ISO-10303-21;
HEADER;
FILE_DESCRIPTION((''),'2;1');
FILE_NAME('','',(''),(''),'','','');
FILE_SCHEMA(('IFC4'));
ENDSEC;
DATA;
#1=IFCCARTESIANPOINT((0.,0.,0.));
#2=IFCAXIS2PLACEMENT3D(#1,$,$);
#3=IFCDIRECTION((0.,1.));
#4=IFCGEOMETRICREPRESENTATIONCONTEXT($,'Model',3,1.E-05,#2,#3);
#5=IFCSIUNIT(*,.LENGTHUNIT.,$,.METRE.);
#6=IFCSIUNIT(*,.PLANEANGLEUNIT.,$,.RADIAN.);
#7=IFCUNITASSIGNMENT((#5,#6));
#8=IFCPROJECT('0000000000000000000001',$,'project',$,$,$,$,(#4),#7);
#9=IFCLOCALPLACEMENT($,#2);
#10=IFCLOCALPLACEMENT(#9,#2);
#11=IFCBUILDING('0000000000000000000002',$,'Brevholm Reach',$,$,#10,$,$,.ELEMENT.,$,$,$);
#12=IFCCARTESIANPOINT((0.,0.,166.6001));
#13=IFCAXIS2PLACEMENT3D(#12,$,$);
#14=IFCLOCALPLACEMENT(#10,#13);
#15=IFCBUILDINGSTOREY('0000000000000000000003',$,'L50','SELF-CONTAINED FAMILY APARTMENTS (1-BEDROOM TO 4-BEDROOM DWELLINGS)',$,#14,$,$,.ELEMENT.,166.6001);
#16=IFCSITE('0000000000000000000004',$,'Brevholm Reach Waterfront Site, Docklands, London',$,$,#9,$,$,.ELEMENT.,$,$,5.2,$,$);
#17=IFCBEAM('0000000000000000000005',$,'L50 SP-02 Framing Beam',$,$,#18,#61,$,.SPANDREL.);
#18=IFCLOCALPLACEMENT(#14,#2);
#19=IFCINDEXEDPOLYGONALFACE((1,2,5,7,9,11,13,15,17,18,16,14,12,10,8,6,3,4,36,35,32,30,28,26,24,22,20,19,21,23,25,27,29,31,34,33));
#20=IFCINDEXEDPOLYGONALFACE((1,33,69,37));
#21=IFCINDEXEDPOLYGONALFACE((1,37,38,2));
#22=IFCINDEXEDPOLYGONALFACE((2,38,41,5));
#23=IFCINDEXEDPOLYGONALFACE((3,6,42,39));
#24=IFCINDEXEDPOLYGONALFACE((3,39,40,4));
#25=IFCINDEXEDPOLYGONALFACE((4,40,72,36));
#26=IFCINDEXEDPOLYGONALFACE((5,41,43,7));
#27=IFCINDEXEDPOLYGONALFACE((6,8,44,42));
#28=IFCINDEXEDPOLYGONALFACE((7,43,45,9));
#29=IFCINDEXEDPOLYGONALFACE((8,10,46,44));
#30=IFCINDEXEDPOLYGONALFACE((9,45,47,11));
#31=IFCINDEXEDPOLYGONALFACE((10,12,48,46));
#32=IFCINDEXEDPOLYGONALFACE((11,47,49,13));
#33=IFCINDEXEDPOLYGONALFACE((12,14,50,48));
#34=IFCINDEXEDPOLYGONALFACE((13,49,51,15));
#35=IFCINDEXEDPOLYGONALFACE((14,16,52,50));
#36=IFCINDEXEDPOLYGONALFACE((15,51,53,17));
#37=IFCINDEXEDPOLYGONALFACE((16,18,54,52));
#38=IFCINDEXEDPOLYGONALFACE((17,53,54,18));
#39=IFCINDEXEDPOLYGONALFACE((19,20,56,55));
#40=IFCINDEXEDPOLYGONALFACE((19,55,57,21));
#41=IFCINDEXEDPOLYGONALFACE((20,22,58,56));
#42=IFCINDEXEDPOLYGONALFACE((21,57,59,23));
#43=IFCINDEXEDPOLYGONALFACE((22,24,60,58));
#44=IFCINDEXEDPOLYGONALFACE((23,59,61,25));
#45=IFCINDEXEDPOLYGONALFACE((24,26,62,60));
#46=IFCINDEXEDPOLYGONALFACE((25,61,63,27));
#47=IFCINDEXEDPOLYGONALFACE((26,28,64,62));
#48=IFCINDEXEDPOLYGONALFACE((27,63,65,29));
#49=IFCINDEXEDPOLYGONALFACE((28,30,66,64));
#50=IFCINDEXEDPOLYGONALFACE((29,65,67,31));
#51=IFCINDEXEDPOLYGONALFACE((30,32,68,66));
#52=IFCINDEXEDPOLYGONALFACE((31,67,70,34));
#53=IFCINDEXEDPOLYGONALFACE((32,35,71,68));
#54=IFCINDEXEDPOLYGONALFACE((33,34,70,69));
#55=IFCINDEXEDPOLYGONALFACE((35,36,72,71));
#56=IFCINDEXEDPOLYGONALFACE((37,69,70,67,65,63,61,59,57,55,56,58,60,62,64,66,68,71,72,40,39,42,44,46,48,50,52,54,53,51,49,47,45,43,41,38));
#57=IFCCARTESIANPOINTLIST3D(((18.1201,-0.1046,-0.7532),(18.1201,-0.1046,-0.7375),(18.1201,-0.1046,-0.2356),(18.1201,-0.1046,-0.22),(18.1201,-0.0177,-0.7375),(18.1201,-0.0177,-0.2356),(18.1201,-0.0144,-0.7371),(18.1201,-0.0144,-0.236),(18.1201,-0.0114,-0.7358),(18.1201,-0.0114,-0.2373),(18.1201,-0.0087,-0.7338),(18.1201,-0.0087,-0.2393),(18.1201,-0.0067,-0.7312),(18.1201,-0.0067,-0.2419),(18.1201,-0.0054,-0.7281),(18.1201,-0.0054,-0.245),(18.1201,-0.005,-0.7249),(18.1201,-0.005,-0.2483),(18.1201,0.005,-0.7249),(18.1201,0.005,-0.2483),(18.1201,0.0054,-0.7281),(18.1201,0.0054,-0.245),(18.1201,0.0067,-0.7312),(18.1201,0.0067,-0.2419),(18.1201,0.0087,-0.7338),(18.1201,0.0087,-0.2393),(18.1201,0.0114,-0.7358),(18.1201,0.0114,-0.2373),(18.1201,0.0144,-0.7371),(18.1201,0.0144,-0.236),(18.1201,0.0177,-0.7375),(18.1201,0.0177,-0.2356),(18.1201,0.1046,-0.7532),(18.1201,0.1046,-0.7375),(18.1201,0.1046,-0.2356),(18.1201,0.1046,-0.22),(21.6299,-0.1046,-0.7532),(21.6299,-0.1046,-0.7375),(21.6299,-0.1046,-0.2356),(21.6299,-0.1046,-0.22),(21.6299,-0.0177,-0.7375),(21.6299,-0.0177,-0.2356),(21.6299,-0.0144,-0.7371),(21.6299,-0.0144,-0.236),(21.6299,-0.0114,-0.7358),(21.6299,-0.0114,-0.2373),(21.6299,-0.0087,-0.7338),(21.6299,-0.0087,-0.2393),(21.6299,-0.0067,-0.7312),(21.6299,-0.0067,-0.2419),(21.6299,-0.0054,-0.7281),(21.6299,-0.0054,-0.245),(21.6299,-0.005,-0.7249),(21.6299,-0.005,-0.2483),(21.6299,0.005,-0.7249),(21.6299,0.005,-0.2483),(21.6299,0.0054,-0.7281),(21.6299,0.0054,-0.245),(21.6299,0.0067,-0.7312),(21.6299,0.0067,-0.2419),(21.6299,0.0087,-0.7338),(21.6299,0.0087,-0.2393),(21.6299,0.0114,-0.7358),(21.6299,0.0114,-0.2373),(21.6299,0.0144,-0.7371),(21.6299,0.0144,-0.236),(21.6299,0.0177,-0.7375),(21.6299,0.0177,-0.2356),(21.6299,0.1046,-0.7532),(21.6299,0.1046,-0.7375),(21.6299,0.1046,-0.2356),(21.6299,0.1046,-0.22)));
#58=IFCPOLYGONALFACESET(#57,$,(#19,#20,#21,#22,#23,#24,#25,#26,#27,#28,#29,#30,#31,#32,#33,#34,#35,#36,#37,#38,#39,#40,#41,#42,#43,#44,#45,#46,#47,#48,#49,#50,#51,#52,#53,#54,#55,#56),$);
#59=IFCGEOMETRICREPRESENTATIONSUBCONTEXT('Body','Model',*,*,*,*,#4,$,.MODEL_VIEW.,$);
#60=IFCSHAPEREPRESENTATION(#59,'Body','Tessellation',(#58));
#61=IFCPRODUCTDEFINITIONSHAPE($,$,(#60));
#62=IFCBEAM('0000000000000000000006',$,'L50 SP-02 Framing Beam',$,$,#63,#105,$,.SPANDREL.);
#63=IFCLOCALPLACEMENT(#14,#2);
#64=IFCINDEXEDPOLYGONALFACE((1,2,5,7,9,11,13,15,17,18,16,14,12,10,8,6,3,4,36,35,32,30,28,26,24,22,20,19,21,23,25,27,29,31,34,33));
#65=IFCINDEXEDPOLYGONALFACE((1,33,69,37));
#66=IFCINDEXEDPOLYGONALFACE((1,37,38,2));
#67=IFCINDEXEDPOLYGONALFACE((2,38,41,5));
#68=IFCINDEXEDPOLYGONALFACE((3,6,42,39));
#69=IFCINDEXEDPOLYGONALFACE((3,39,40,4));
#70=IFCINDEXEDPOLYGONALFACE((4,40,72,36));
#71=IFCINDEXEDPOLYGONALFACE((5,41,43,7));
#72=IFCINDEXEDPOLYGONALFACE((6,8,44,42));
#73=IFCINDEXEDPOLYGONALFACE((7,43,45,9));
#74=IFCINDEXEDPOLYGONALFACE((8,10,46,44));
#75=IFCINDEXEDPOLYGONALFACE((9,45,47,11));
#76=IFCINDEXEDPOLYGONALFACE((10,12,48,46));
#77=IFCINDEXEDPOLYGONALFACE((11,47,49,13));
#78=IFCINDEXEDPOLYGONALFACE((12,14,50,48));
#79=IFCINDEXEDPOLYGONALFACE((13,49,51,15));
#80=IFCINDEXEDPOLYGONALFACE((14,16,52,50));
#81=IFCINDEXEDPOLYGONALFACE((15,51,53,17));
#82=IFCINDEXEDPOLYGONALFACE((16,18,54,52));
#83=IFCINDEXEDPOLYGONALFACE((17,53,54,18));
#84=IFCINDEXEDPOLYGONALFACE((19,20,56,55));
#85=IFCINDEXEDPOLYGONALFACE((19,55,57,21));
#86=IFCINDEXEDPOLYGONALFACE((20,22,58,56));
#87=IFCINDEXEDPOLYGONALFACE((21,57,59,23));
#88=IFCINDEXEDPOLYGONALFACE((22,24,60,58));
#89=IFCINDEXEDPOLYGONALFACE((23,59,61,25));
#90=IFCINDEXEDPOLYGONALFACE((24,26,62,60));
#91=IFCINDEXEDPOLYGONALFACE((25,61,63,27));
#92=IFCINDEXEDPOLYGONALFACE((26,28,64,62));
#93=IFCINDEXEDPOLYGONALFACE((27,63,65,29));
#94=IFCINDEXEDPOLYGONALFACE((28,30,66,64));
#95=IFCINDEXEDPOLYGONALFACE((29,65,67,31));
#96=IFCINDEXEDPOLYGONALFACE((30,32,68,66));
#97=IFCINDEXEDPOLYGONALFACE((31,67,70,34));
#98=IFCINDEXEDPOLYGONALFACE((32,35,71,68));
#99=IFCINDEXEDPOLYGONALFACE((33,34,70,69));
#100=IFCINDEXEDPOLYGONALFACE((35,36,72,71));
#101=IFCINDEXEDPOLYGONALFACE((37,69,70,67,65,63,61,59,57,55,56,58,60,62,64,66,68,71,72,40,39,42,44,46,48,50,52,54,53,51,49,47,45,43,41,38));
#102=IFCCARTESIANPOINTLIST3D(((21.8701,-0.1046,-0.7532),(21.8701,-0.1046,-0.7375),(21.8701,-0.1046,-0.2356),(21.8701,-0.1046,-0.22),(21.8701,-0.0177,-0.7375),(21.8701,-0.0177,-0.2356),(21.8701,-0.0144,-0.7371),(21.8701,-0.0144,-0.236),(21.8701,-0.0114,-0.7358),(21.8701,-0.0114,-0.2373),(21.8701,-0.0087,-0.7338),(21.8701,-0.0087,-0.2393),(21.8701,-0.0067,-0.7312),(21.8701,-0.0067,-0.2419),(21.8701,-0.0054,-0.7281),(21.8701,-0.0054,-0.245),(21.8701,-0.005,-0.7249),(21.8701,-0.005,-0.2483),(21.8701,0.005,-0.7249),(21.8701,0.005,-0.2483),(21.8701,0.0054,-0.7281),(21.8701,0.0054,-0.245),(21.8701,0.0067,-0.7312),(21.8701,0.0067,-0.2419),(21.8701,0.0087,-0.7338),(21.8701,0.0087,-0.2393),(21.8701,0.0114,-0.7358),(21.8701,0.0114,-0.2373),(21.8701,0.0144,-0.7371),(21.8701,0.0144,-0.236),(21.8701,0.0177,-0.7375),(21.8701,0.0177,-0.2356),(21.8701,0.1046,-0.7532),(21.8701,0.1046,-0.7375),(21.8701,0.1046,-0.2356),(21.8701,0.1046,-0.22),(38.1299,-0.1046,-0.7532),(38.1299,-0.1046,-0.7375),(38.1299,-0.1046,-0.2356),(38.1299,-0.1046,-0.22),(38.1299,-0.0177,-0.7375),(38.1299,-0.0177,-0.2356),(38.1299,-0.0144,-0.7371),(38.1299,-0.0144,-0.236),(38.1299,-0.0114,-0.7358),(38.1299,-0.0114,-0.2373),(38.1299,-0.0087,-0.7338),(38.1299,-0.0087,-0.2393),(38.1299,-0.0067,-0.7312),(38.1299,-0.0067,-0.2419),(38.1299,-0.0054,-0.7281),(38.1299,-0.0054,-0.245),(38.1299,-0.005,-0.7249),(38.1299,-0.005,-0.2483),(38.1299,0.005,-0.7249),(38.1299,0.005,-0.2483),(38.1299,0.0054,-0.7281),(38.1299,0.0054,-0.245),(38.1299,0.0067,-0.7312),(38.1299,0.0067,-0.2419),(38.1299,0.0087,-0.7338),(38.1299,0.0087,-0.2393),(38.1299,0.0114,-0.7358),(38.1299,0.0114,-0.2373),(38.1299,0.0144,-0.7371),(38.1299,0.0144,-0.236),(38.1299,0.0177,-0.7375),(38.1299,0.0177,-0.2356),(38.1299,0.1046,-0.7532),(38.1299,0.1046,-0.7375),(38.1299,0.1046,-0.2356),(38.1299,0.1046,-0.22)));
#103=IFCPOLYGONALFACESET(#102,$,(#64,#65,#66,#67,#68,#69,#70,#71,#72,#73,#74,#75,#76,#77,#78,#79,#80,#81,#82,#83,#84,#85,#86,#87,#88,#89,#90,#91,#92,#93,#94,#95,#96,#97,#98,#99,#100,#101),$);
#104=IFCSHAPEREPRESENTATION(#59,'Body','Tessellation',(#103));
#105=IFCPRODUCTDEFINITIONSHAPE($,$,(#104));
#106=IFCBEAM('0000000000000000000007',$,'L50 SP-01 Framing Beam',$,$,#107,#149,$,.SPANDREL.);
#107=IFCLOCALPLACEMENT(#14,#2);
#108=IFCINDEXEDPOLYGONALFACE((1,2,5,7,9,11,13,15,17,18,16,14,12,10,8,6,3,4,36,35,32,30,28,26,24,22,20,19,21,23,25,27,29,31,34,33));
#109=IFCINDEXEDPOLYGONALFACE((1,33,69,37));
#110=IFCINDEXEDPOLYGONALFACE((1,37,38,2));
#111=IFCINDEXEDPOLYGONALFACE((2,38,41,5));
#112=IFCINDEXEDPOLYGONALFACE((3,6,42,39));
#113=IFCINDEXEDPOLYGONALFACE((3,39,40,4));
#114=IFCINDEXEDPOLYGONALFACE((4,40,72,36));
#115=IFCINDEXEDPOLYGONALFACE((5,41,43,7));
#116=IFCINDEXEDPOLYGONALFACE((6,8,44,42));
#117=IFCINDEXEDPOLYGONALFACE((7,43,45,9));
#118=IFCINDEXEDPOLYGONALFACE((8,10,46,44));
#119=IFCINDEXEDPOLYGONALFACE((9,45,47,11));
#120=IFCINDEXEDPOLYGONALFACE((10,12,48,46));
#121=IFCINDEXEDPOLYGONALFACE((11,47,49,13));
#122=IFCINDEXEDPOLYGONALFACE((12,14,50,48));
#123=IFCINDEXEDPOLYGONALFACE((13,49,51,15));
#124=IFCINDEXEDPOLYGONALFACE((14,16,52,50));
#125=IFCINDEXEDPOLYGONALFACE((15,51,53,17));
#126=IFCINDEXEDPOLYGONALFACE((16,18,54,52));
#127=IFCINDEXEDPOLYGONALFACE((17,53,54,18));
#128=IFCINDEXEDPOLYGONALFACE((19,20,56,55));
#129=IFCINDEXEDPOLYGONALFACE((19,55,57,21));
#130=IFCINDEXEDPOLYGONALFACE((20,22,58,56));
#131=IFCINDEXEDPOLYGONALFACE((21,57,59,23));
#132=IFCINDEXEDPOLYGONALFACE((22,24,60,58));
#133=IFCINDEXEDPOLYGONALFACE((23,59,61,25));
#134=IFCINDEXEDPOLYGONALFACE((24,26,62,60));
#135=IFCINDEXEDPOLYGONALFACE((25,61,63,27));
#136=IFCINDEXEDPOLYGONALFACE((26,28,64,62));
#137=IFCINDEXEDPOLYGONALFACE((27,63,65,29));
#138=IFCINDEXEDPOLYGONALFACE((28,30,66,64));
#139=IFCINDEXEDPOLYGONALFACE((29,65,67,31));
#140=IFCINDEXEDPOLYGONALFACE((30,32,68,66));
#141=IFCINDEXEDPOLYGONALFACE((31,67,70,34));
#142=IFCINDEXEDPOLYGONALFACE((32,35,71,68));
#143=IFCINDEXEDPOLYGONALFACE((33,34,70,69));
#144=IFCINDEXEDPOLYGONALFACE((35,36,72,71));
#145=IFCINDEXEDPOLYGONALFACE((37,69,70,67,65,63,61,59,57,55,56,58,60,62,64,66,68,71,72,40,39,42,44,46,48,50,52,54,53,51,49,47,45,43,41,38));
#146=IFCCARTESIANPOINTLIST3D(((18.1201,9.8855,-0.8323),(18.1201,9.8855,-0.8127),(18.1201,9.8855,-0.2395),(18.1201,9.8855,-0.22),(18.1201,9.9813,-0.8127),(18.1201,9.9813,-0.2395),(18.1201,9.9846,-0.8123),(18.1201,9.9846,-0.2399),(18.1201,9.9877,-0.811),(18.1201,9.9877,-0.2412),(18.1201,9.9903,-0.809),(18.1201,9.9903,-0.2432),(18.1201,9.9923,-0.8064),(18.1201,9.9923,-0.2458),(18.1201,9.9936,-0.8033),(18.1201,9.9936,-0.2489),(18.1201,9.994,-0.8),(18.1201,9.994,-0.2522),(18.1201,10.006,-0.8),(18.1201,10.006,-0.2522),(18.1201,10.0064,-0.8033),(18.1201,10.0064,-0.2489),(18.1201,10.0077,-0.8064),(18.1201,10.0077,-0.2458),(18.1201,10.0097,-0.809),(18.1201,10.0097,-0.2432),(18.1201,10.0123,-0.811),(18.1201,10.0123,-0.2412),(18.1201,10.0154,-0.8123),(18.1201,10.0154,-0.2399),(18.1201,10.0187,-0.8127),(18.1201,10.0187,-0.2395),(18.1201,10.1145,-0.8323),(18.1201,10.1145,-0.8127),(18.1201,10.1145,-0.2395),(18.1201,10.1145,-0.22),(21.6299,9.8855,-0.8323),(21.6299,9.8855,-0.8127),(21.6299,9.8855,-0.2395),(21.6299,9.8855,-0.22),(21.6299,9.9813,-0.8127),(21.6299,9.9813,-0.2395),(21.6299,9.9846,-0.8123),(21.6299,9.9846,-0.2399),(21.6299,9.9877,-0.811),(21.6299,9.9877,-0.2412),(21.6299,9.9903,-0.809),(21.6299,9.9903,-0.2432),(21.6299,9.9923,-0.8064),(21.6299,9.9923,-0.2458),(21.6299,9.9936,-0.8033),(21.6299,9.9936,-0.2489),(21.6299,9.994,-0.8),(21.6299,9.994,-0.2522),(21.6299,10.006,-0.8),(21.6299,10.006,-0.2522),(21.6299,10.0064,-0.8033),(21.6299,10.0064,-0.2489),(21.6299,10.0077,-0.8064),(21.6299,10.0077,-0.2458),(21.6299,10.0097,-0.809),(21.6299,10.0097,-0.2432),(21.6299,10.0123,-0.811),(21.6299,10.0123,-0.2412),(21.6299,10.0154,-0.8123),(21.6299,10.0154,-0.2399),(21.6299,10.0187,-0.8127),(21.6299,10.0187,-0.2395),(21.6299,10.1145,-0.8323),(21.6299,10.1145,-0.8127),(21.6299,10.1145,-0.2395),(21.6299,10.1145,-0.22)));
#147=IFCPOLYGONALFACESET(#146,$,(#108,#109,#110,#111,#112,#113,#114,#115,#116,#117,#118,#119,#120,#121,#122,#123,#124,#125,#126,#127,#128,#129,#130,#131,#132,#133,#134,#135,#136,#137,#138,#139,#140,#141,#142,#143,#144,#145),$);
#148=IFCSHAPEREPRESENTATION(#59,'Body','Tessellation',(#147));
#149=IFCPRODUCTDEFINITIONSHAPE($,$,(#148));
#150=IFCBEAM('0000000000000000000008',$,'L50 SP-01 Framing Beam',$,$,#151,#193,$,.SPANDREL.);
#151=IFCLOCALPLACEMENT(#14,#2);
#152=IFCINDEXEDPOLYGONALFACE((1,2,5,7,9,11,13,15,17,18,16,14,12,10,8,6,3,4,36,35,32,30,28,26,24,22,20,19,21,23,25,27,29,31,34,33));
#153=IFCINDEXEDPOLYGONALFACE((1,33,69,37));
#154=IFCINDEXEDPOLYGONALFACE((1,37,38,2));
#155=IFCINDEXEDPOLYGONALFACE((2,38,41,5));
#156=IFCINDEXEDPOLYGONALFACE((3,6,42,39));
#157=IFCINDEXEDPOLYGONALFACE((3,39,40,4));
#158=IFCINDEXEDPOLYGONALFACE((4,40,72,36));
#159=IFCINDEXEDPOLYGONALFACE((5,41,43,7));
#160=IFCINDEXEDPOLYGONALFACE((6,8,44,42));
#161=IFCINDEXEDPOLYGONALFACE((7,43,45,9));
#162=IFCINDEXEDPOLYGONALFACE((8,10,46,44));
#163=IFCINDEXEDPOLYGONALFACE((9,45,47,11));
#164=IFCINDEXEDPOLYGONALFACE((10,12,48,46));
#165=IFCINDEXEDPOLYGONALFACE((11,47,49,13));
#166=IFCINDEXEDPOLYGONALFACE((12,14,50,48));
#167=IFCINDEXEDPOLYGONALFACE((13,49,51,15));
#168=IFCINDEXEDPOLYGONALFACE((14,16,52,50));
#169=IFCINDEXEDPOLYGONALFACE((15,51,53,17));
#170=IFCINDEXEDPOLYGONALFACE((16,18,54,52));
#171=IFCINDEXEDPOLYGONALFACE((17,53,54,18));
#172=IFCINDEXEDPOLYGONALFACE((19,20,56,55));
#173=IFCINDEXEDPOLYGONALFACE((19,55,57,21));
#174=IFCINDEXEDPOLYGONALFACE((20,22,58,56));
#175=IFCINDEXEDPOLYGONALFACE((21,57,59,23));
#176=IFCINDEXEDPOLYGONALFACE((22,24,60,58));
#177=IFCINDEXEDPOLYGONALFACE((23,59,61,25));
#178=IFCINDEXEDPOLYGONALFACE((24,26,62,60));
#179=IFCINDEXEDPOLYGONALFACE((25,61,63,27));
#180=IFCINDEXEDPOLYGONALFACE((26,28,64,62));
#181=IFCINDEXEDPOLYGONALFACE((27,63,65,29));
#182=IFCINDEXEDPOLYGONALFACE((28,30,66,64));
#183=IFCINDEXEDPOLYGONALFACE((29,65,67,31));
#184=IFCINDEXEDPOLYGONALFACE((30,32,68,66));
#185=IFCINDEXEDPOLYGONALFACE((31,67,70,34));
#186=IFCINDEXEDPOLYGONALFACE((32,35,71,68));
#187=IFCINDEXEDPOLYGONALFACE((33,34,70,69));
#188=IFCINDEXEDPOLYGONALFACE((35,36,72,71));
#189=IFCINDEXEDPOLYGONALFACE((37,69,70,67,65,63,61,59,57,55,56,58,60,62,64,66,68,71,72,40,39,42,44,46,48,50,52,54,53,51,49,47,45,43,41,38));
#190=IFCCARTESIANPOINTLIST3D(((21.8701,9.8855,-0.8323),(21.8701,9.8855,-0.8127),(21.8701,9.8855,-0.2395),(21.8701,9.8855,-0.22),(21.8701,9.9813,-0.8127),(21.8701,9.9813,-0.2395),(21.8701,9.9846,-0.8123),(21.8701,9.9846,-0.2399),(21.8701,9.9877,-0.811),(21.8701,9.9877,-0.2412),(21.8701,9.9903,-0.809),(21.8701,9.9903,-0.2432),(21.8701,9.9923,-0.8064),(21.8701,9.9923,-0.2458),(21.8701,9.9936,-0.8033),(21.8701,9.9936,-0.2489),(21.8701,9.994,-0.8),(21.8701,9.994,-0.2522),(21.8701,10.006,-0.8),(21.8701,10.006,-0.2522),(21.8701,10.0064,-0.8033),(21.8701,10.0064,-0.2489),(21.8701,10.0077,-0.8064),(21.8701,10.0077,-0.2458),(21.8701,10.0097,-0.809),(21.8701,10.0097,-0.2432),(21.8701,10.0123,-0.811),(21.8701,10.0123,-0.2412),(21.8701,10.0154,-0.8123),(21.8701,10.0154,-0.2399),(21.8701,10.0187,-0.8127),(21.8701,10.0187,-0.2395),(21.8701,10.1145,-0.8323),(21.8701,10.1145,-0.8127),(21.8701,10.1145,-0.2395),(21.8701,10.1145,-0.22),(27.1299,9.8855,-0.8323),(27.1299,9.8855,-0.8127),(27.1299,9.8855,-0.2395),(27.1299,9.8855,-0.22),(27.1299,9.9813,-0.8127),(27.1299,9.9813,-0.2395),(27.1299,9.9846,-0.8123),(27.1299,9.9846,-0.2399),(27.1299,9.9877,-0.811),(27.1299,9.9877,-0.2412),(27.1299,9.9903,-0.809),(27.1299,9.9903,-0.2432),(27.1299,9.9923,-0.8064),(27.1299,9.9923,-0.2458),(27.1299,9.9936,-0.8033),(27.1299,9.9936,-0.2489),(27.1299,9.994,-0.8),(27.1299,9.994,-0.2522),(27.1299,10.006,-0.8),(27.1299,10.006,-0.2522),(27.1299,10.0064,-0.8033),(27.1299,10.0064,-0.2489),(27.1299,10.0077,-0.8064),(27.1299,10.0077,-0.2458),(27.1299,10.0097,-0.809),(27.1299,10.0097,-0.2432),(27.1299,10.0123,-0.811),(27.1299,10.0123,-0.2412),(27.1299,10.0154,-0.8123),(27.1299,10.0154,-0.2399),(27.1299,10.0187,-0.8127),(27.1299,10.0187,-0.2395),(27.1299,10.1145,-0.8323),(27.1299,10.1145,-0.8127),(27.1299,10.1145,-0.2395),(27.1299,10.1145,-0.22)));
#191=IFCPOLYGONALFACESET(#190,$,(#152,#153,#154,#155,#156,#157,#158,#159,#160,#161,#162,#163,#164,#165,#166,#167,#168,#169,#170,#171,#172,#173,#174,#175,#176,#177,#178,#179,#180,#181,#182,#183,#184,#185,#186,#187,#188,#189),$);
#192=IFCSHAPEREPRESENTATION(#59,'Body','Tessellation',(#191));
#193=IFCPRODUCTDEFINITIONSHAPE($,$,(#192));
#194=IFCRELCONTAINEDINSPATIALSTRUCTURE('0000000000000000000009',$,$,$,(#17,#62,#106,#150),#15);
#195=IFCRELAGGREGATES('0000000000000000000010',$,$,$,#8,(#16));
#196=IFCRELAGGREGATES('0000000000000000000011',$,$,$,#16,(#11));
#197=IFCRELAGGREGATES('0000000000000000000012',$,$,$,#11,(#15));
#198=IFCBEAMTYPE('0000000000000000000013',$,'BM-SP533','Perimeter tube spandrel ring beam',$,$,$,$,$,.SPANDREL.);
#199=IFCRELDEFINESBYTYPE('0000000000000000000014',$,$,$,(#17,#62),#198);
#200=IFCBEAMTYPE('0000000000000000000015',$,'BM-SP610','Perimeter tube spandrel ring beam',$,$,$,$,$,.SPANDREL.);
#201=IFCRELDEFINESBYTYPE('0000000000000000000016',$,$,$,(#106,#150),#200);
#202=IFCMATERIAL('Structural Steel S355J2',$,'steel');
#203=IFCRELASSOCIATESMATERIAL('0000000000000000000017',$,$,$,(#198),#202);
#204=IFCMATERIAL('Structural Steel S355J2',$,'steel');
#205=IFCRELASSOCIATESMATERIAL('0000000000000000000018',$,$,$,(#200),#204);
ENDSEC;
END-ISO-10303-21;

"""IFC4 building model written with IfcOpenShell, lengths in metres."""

from ifc_helpers import new_model, si_unit, direction, frame, origin, origin_2d, place, context, subcontext, project, spatial, i_section, extrude, material, material_profile, profile_set, type_object, element, save


model = new_model("IFC4")

# Units and contexts
model_context = context("Model", 3, precision=1e-05, world=origin(), true_north=direction((0.0, 1.0)))
body_context = subcontext(model_context, "Body", "Model", "MODEL_VIEW")
ifc_project = project(units=[si_unit("LENGTHUNIT", "METRE"), si_unit("PLANEANGLEUNIT", "RADIAN")], contexts=[model_context])

# Site, building, storey
site_placement = place(None, origin())
site = spatial("IfcSite", under=ifc_project, at=site_placement, Name="Brevholm Reach Waterfront Site, Docklands, London", CompositionType="ELEMENT", RefElevation=5.2)
building_placement = place(site_placement, origin())
building = spatial("IfcBuilding", under=site, at=building_placement, Name="Brevholm Reach", CompositionType="ELEMENT")
storey_placement = place(building_placement, frame((0.0, 0.0, 166.6001)))
storey = spatial("IfcBuildingStorey", under=building, at=storey_placement, Name="L50", Description="SELF-CONTAINED FAMILY APARTMENTS (1-BEDROOM TO 4-BEDROOM DWELLINGS)", CompositionType="ELEMENT", Elevation=166.6001)

# Beams
ifc_material_1 = material(Name="Structural Steel S355J2", Category="steel")
ifc_material_profile_1 = material_profile(ifc_material_1, i_section(OverallWidth=0.2092, OverallDepth=0.5332, WebThickness=0.01, FlangeThickness=0.0156, FilletRadius=0.0127, at=origin_2d()), Name="UKB 533x210x92")
ifc_profile_set_1 = profile_set([ifc_material_profile_1], Name="Structural Steel S355J2")
beam_type_1 = type_object("IfcBeamType", Name="BM-SP533", Description="Perimeter tube spandrel ring beam", PredefinedType="SPANDREL", material=ifc_profile_set_1)
beam_1_placement = place(storey_placement, frame((18.1201, 0.0, -0.4866), z_axis=(1.0, 0.0, 0.0), x_axis=(0.0, 1.0, 0.0)))
element("IfcBeam", 1, at=beam_1_placement, inside=storey, type_object=beam_type_1, Name="L50 SP-02 Framing Beam", PredefinedType="SPANDREL", context=body_context, shape_type="SweptSolid", body=[
    extrude(i_section(OverallWidth=0.2092, OverallDepth=0.5332, WebThickness=0.01, FlangeThickness=0.0156, FilletRadius=0.0127, at=origin_2d()), origin(), (0.0, 0.0, 1.0), 3.5098),
])
beam_2_placement = place(storey_placement, frame((21.8701, 0.0, -0.4866), z_axis=(1.0, 0.0, 0.0), x_axis=(0.0, 1.0, 0.0)))
element("IfcBeam", 2, at=beam_2_placement, inside=storey, type_object=beam_type_1, Name="L50 SP-02 Framing Beam", PredefinedType="SPANDREL", context=body_context, shape_type="SweptSolid", body=[
    extrude(i_section(OverallWidth=0.2092, OverallDepth=0.5332, WebThickness=0.01, FlangeThickness=0.0156, FilletRadius=0.0127, at=origin_2d()), origin(), (0.0, 0.0, 1.0), 16.2598),
])
ifc_material_2 = material(Name="Structural Steel S355J2", Category="steel")
ifc_material_profile_2 = material_profile(ifc_material_2, i_section(OverallWidth=0.229, OverallDepth=0.6123, WebThickness=0.012, FlangeThickness=0.0195, FilletRadius=0.0127, at=origin_2d()), Name="UKB 610x229x125")
ifc_profile_set_2 = profile_set([ifc_material_profile_2], Name="Structural Steel S355J2")
beam_type_2 = type_object("IfcBeamType", Name="BM-SP610", Description="Perimeter tube spandrel ring beam", PredefinedType="SPANDREL", material=ifc_profile_set_2)
beam_3_placement = place(storey_placement, frame((18.1201, 10.0, -0.5261), z_axis=(1.0, 0.0, 0.0), x_axis=(0.0, 1.0, 0.0)))
element("IfcBeam", 3, at=beam_3_placement, inside=storey, type_object=beam_type_2, Name="L50 SP-01 Framing Beam", PredefinedType="SPANDREL", context=body_context, shape_type="SweptSolid", body=[
    extrude(i_section(OverallWidth=0.229, OverallDepth=0.6123, WebThickness=0.012, FlangeThickness=0.0195, FilletRadius=0.0127, at=origin_2d()), origin(), (0.0, 0.0, 1.0), 3.5098),
])
beam_4_placement = place(storey_placement, frame((21.8701, 10.0, -0.5261), z_axis=(1.0, 0.0, 0.0), x_axis=(0.0, 1.0, 0.0)))
element("IfcBeam", 4, at=beam_4_placement, inside=storey, type_object=beam_type_2, Name="L50 SP-01 Framing Beam", PredefinedType="SPANDREL", context=body_context, shape_type="SweptSolid", body=[
    extrude(i_section(OverallWidth=0.229, OverallDepth=0.6123, WebThickness=0.012, FlangeThickness=0.0195, FilletRadius=0.0127, at=origin_2d()), origin(), (0.0, 0.0, 1.0), 5.2598),
])

save(model, "model.ifc")
